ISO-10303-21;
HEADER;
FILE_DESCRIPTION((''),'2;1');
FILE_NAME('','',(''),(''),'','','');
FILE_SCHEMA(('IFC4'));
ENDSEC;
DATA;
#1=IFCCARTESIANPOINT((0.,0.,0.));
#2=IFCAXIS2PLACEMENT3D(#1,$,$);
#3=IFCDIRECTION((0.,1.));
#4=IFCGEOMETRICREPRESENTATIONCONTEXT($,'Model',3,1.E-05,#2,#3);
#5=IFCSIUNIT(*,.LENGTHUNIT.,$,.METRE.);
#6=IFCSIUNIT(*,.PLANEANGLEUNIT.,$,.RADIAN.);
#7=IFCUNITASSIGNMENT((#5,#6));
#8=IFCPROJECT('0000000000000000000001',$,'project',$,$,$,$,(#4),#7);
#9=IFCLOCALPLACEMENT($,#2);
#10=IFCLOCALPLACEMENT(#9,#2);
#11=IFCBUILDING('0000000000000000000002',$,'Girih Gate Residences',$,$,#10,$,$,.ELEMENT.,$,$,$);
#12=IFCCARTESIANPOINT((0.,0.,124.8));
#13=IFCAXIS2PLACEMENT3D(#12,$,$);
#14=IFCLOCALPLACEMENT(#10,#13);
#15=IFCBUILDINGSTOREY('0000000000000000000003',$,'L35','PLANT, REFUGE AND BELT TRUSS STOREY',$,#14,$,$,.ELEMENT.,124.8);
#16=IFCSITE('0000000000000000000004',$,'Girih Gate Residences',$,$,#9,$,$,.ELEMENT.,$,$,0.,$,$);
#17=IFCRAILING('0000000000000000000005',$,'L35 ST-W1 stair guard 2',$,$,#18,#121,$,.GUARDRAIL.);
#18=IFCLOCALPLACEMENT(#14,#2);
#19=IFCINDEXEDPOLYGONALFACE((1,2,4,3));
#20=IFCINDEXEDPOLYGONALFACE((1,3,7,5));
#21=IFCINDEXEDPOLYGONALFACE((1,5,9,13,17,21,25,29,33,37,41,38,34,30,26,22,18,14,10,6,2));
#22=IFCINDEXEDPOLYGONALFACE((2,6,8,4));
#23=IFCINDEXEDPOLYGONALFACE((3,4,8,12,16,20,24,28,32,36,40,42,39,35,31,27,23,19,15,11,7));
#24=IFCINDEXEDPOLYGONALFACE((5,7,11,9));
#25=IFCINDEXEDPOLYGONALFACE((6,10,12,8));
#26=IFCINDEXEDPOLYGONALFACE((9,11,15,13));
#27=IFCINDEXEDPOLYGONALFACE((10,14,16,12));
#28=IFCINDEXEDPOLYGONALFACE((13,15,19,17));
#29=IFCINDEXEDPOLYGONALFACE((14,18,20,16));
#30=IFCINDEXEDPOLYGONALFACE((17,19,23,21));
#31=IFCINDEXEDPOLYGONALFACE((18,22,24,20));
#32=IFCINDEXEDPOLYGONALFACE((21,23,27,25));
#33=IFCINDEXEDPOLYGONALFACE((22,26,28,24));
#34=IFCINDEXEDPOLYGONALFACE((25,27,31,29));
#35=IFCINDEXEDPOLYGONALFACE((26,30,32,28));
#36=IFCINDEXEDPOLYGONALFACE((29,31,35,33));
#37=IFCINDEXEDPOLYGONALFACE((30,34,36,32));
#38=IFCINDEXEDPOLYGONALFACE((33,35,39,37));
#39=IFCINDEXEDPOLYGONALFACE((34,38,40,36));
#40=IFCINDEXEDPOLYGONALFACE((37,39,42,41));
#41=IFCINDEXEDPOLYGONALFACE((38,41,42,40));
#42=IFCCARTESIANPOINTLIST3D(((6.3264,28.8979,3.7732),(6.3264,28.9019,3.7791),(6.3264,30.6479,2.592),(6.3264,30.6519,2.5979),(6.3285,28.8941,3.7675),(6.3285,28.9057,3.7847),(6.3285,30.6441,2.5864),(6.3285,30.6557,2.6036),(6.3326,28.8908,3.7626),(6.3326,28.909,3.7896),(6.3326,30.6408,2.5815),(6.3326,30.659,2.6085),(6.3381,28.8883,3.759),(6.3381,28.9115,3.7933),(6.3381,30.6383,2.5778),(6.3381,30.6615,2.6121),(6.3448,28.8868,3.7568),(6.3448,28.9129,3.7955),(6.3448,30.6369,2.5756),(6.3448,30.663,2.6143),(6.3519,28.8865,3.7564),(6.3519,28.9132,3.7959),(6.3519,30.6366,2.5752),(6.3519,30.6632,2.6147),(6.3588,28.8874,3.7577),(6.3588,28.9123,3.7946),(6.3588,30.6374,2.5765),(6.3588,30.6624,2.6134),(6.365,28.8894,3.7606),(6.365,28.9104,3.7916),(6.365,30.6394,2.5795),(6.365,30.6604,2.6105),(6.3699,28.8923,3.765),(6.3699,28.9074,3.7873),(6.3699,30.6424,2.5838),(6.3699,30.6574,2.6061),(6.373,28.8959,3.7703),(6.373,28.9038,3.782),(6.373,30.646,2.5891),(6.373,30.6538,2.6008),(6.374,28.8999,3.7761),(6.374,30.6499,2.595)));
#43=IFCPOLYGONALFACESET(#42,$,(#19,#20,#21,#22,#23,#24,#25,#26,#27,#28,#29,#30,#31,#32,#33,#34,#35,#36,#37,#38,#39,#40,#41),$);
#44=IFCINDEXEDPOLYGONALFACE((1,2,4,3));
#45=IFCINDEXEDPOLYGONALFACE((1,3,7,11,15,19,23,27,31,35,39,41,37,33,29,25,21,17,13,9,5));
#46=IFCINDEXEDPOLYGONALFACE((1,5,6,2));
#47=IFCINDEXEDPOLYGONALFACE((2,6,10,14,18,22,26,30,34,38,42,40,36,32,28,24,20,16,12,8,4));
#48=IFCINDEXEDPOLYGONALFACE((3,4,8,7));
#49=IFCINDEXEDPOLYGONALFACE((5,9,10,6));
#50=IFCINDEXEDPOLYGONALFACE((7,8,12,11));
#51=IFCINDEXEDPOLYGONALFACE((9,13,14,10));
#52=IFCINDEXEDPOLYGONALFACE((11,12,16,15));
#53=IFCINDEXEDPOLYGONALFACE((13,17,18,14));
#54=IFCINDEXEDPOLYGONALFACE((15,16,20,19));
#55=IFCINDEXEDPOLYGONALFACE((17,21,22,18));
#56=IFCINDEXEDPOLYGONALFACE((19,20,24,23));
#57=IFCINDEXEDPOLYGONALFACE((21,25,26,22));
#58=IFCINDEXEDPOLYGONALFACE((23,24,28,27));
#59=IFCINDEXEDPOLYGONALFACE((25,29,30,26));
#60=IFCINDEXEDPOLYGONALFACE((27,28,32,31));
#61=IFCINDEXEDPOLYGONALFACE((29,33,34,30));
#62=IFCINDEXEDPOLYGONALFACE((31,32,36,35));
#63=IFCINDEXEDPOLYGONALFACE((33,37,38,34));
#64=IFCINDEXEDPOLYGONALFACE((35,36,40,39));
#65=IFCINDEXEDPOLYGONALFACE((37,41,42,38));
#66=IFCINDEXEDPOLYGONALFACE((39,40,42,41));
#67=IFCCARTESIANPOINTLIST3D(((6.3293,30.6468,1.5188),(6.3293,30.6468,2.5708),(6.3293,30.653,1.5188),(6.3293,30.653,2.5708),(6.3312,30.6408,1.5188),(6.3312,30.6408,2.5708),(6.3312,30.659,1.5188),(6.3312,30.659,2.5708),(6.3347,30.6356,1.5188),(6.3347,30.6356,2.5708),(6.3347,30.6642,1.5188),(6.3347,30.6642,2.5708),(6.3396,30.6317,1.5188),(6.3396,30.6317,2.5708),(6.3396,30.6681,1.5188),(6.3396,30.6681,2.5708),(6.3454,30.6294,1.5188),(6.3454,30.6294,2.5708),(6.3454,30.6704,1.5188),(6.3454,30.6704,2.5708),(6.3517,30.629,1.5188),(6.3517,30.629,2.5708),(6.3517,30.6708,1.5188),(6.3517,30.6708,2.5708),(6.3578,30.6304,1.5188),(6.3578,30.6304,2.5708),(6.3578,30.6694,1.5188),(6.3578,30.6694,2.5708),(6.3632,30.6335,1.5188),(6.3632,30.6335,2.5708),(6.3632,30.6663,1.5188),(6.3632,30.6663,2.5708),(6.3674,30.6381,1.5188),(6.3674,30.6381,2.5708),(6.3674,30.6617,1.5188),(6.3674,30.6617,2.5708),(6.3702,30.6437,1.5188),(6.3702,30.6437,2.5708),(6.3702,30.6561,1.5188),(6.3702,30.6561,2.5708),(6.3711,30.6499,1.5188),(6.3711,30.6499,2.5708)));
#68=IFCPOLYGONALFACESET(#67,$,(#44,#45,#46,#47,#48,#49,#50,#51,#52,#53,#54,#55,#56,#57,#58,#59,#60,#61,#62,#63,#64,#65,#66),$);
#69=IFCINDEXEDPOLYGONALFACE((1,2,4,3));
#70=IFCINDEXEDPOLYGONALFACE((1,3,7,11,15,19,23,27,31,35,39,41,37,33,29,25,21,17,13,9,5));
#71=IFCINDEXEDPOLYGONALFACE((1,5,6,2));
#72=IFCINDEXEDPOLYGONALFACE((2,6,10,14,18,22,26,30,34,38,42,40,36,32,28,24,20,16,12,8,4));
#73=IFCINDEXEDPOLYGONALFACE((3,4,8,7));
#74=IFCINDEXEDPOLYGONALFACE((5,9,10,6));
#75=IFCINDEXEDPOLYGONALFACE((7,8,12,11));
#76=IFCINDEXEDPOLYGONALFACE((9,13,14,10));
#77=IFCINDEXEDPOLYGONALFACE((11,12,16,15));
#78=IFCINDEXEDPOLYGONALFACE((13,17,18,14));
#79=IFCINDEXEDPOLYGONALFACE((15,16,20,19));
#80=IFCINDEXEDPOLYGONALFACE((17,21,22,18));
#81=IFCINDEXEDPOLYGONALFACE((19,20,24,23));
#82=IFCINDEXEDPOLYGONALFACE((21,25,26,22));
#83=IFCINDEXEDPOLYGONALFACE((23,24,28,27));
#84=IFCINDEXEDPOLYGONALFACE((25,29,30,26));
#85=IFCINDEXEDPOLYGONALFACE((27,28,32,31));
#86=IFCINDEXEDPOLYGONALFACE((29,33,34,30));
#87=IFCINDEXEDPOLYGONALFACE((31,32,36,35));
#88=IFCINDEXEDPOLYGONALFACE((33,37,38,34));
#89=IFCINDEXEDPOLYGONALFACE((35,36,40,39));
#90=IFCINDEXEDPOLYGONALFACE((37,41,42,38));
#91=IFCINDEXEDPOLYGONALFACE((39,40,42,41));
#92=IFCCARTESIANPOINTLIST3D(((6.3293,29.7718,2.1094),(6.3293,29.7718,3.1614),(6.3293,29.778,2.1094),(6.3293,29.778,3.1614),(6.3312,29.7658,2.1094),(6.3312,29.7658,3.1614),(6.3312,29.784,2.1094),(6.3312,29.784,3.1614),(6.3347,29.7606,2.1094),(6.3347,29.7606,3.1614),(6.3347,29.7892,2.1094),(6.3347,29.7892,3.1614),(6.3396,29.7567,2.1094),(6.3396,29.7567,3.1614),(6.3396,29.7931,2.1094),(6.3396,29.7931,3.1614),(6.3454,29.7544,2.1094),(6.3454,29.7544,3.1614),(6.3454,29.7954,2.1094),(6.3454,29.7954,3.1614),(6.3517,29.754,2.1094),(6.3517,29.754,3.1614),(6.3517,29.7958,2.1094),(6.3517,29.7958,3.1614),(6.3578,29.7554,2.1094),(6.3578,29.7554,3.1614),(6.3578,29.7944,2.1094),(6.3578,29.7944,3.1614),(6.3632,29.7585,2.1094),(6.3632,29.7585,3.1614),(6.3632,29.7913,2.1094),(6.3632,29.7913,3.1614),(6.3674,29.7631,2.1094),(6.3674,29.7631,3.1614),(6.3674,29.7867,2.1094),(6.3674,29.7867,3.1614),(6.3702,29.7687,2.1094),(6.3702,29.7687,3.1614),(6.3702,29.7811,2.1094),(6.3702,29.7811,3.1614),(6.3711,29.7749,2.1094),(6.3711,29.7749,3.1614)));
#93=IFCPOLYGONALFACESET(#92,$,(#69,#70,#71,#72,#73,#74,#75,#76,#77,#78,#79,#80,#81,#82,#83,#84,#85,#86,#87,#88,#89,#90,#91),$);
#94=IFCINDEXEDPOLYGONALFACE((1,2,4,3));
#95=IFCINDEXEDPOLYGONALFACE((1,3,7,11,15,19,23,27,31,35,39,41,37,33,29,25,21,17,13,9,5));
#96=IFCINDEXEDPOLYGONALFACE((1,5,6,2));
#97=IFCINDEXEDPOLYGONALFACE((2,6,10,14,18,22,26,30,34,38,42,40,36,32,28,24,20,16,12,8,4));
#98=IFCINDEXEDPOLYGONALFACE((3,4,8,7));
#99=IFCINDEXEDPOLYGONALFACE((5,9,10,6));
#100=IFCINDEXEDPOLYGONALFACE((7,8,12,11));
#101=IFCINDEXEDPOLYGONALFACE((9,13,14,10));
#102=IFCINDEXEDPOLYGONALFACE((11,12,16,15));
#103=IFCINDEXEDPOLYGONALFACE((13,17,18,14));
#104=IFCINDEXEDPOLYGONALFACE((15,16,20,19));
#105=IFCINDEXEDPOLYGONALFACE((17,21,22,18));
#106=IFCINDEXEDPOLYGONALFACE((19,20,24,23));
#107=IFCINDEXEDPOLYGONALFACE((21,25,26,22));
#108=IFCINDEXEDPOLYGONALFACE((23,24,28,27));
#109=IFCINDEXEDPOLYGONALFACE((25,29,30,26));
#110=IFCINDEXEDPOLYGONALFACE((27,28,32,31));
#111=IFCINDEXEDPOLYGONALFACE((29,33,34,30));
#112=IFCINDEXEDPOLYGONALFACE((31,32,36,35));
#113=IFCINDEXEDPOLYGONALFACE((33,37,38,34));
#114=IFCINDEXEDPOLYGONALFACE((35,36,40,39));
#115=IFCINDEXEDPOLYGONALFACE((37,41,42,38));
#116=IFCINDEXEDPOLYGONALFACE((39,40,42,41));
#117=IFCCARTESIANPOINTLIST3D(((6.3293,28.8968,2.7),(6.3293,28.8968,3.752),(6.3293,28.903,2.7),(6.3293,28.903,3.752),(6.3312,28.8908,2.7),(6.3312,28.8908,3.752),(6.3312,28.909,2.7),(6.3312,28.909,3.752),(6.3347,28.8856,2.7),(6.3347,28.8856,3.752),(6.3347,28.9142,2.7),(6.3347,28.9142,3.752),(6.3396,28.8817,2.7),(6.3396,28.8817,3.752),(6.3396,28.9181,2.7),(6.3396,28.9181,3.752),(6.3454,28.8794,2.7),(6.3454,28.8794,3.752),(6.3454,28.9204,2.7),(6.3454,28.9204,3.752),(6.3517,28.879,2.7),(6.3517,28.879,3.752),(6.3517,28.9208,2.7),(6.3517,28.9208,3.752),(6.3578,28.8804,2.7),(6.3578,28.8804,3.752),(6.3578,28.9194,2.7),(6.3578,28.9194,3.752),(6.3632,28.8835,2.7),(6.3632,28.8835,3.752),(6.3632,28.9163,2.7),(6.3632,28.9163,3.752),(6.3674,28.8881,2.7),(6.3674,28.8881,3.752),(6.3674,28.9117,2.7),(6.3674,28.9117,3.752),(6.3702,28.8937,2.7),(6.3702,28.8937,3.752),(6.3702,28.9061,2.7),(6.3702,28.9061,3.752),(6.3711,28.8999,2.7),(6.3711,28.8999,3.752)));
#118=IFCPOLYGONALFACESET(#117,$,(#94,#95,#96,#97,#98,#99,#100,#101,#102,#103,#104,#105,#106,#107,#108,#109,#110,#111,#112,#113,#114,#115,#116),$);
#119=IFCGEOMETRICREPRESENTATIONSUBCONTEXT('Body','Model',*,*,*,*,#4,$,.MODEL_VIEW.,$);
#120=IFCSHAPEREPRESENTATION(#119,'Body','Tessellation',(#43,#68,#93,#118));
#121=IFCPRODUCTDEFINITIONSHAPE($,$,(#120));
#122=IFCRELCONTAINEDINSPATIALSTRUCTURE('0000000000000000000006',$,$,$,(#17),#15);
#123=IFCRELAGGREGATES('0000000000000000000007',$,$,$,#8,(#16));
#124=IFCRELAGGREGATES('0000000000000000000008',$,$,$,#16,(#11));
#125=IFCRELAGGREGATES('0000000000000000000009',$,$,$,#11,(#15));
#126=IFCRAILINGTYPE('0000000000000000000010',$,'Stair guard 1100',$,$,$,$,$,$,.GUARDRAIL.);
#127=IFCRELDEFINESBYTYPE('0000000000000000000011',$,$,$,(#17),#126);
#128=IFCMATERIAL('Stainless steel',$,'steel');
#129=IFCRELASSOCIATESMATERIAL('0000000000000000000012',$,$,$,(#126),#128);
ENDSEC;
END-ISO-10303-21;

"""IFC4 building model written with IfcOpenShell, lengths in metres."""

from ifc_helpers import new_model, si_unit, direction, frame, origin, origin_2d, place, context, subcontext, project, spatial, circle, extrude, material, type_object, element, save


model = new_model("IFC4")

# Units and contexts
model_context = context("Model", 3, precision=1e-05, world=origin(), true_north=direction((0.0, 1.0)))
body_context = subcontext(model_context, "Body", "Model", "MODEL_VIEW")
ifc_project = project(units=[si_unit("LENGTHUNIT", "METRE"), si_unit("PLANEANGLEUNIT", "RADIAN")], contexts=[model_context])

# Site, building, storey
site_placement = place(None, origin())
site = spatial("IfcSite", under=ifc_project, at=site_placement, Name="Girih Gate Residences", CompositionType="ELEMENT", RefElevation=0.0)
building_placement = place(site_placement, origin())
building = spatial("IfcBuilding", under=site, at=building_placement, Name="Girih Gate Residences", CompositionType="ELEMENT")
storey_placement = place(building_placement, frame((0.0, 0.0, 124.8)))
storey = spatial("IfcBuildingStorey", under=building, at=storey_placement, Name="L35", Description="PLANT, REFUGE AND BELT TRUSS STOREY", CompositionType="ELEMENT", Elevation=124.8)

# Railing
ifc_material_1 = material(Name="Stainless steel", Category="steel")
railing_type_1 = type_object("IfcRailingType", Name="Stair guard 1100", PredefinedType="GUARDRAIL", material=ifc_material_1)
railing_1_placement = place(storey_placement, frame((6.3501, 30.6499, 1.5188)))
element("IfcRailing", 1, at=railing_1_placement, inside=storey, type_object=railing_type_1, Name="L35 ST-W1 stair guard 2", PredefinedType="GUARDRAIL", context=body_context, shape_type="SweptSolid", body=[
    extrude(circle(Radius=0.0239, at=origin_2d()), frame((0.0, 0.0, 1.0762), z_axis=(0.0, -0.82887, 0.559441), x_axis=(1.0, 0.0, 0.0)), (0.0, 0.0, 1.0), 2.1113),
    extrude(circle(Radius=0.021, at=origin_2d()), origin(), (0.0, 0.0, 1.0), 1.052),
    extrude(circle(Radius=0.021, at=origin_2d()), frame((0.0, -0.875, 0.5906)), (0.0, 0.0, 1.0), 1.052),
    extrude(circle(Radius=0.021, at=origin_2d()), frame((0.0, -1.75, 1.1812)), (0.0, 0.0, 1.0), 1.052),
])

save(model, "model.ifc")
